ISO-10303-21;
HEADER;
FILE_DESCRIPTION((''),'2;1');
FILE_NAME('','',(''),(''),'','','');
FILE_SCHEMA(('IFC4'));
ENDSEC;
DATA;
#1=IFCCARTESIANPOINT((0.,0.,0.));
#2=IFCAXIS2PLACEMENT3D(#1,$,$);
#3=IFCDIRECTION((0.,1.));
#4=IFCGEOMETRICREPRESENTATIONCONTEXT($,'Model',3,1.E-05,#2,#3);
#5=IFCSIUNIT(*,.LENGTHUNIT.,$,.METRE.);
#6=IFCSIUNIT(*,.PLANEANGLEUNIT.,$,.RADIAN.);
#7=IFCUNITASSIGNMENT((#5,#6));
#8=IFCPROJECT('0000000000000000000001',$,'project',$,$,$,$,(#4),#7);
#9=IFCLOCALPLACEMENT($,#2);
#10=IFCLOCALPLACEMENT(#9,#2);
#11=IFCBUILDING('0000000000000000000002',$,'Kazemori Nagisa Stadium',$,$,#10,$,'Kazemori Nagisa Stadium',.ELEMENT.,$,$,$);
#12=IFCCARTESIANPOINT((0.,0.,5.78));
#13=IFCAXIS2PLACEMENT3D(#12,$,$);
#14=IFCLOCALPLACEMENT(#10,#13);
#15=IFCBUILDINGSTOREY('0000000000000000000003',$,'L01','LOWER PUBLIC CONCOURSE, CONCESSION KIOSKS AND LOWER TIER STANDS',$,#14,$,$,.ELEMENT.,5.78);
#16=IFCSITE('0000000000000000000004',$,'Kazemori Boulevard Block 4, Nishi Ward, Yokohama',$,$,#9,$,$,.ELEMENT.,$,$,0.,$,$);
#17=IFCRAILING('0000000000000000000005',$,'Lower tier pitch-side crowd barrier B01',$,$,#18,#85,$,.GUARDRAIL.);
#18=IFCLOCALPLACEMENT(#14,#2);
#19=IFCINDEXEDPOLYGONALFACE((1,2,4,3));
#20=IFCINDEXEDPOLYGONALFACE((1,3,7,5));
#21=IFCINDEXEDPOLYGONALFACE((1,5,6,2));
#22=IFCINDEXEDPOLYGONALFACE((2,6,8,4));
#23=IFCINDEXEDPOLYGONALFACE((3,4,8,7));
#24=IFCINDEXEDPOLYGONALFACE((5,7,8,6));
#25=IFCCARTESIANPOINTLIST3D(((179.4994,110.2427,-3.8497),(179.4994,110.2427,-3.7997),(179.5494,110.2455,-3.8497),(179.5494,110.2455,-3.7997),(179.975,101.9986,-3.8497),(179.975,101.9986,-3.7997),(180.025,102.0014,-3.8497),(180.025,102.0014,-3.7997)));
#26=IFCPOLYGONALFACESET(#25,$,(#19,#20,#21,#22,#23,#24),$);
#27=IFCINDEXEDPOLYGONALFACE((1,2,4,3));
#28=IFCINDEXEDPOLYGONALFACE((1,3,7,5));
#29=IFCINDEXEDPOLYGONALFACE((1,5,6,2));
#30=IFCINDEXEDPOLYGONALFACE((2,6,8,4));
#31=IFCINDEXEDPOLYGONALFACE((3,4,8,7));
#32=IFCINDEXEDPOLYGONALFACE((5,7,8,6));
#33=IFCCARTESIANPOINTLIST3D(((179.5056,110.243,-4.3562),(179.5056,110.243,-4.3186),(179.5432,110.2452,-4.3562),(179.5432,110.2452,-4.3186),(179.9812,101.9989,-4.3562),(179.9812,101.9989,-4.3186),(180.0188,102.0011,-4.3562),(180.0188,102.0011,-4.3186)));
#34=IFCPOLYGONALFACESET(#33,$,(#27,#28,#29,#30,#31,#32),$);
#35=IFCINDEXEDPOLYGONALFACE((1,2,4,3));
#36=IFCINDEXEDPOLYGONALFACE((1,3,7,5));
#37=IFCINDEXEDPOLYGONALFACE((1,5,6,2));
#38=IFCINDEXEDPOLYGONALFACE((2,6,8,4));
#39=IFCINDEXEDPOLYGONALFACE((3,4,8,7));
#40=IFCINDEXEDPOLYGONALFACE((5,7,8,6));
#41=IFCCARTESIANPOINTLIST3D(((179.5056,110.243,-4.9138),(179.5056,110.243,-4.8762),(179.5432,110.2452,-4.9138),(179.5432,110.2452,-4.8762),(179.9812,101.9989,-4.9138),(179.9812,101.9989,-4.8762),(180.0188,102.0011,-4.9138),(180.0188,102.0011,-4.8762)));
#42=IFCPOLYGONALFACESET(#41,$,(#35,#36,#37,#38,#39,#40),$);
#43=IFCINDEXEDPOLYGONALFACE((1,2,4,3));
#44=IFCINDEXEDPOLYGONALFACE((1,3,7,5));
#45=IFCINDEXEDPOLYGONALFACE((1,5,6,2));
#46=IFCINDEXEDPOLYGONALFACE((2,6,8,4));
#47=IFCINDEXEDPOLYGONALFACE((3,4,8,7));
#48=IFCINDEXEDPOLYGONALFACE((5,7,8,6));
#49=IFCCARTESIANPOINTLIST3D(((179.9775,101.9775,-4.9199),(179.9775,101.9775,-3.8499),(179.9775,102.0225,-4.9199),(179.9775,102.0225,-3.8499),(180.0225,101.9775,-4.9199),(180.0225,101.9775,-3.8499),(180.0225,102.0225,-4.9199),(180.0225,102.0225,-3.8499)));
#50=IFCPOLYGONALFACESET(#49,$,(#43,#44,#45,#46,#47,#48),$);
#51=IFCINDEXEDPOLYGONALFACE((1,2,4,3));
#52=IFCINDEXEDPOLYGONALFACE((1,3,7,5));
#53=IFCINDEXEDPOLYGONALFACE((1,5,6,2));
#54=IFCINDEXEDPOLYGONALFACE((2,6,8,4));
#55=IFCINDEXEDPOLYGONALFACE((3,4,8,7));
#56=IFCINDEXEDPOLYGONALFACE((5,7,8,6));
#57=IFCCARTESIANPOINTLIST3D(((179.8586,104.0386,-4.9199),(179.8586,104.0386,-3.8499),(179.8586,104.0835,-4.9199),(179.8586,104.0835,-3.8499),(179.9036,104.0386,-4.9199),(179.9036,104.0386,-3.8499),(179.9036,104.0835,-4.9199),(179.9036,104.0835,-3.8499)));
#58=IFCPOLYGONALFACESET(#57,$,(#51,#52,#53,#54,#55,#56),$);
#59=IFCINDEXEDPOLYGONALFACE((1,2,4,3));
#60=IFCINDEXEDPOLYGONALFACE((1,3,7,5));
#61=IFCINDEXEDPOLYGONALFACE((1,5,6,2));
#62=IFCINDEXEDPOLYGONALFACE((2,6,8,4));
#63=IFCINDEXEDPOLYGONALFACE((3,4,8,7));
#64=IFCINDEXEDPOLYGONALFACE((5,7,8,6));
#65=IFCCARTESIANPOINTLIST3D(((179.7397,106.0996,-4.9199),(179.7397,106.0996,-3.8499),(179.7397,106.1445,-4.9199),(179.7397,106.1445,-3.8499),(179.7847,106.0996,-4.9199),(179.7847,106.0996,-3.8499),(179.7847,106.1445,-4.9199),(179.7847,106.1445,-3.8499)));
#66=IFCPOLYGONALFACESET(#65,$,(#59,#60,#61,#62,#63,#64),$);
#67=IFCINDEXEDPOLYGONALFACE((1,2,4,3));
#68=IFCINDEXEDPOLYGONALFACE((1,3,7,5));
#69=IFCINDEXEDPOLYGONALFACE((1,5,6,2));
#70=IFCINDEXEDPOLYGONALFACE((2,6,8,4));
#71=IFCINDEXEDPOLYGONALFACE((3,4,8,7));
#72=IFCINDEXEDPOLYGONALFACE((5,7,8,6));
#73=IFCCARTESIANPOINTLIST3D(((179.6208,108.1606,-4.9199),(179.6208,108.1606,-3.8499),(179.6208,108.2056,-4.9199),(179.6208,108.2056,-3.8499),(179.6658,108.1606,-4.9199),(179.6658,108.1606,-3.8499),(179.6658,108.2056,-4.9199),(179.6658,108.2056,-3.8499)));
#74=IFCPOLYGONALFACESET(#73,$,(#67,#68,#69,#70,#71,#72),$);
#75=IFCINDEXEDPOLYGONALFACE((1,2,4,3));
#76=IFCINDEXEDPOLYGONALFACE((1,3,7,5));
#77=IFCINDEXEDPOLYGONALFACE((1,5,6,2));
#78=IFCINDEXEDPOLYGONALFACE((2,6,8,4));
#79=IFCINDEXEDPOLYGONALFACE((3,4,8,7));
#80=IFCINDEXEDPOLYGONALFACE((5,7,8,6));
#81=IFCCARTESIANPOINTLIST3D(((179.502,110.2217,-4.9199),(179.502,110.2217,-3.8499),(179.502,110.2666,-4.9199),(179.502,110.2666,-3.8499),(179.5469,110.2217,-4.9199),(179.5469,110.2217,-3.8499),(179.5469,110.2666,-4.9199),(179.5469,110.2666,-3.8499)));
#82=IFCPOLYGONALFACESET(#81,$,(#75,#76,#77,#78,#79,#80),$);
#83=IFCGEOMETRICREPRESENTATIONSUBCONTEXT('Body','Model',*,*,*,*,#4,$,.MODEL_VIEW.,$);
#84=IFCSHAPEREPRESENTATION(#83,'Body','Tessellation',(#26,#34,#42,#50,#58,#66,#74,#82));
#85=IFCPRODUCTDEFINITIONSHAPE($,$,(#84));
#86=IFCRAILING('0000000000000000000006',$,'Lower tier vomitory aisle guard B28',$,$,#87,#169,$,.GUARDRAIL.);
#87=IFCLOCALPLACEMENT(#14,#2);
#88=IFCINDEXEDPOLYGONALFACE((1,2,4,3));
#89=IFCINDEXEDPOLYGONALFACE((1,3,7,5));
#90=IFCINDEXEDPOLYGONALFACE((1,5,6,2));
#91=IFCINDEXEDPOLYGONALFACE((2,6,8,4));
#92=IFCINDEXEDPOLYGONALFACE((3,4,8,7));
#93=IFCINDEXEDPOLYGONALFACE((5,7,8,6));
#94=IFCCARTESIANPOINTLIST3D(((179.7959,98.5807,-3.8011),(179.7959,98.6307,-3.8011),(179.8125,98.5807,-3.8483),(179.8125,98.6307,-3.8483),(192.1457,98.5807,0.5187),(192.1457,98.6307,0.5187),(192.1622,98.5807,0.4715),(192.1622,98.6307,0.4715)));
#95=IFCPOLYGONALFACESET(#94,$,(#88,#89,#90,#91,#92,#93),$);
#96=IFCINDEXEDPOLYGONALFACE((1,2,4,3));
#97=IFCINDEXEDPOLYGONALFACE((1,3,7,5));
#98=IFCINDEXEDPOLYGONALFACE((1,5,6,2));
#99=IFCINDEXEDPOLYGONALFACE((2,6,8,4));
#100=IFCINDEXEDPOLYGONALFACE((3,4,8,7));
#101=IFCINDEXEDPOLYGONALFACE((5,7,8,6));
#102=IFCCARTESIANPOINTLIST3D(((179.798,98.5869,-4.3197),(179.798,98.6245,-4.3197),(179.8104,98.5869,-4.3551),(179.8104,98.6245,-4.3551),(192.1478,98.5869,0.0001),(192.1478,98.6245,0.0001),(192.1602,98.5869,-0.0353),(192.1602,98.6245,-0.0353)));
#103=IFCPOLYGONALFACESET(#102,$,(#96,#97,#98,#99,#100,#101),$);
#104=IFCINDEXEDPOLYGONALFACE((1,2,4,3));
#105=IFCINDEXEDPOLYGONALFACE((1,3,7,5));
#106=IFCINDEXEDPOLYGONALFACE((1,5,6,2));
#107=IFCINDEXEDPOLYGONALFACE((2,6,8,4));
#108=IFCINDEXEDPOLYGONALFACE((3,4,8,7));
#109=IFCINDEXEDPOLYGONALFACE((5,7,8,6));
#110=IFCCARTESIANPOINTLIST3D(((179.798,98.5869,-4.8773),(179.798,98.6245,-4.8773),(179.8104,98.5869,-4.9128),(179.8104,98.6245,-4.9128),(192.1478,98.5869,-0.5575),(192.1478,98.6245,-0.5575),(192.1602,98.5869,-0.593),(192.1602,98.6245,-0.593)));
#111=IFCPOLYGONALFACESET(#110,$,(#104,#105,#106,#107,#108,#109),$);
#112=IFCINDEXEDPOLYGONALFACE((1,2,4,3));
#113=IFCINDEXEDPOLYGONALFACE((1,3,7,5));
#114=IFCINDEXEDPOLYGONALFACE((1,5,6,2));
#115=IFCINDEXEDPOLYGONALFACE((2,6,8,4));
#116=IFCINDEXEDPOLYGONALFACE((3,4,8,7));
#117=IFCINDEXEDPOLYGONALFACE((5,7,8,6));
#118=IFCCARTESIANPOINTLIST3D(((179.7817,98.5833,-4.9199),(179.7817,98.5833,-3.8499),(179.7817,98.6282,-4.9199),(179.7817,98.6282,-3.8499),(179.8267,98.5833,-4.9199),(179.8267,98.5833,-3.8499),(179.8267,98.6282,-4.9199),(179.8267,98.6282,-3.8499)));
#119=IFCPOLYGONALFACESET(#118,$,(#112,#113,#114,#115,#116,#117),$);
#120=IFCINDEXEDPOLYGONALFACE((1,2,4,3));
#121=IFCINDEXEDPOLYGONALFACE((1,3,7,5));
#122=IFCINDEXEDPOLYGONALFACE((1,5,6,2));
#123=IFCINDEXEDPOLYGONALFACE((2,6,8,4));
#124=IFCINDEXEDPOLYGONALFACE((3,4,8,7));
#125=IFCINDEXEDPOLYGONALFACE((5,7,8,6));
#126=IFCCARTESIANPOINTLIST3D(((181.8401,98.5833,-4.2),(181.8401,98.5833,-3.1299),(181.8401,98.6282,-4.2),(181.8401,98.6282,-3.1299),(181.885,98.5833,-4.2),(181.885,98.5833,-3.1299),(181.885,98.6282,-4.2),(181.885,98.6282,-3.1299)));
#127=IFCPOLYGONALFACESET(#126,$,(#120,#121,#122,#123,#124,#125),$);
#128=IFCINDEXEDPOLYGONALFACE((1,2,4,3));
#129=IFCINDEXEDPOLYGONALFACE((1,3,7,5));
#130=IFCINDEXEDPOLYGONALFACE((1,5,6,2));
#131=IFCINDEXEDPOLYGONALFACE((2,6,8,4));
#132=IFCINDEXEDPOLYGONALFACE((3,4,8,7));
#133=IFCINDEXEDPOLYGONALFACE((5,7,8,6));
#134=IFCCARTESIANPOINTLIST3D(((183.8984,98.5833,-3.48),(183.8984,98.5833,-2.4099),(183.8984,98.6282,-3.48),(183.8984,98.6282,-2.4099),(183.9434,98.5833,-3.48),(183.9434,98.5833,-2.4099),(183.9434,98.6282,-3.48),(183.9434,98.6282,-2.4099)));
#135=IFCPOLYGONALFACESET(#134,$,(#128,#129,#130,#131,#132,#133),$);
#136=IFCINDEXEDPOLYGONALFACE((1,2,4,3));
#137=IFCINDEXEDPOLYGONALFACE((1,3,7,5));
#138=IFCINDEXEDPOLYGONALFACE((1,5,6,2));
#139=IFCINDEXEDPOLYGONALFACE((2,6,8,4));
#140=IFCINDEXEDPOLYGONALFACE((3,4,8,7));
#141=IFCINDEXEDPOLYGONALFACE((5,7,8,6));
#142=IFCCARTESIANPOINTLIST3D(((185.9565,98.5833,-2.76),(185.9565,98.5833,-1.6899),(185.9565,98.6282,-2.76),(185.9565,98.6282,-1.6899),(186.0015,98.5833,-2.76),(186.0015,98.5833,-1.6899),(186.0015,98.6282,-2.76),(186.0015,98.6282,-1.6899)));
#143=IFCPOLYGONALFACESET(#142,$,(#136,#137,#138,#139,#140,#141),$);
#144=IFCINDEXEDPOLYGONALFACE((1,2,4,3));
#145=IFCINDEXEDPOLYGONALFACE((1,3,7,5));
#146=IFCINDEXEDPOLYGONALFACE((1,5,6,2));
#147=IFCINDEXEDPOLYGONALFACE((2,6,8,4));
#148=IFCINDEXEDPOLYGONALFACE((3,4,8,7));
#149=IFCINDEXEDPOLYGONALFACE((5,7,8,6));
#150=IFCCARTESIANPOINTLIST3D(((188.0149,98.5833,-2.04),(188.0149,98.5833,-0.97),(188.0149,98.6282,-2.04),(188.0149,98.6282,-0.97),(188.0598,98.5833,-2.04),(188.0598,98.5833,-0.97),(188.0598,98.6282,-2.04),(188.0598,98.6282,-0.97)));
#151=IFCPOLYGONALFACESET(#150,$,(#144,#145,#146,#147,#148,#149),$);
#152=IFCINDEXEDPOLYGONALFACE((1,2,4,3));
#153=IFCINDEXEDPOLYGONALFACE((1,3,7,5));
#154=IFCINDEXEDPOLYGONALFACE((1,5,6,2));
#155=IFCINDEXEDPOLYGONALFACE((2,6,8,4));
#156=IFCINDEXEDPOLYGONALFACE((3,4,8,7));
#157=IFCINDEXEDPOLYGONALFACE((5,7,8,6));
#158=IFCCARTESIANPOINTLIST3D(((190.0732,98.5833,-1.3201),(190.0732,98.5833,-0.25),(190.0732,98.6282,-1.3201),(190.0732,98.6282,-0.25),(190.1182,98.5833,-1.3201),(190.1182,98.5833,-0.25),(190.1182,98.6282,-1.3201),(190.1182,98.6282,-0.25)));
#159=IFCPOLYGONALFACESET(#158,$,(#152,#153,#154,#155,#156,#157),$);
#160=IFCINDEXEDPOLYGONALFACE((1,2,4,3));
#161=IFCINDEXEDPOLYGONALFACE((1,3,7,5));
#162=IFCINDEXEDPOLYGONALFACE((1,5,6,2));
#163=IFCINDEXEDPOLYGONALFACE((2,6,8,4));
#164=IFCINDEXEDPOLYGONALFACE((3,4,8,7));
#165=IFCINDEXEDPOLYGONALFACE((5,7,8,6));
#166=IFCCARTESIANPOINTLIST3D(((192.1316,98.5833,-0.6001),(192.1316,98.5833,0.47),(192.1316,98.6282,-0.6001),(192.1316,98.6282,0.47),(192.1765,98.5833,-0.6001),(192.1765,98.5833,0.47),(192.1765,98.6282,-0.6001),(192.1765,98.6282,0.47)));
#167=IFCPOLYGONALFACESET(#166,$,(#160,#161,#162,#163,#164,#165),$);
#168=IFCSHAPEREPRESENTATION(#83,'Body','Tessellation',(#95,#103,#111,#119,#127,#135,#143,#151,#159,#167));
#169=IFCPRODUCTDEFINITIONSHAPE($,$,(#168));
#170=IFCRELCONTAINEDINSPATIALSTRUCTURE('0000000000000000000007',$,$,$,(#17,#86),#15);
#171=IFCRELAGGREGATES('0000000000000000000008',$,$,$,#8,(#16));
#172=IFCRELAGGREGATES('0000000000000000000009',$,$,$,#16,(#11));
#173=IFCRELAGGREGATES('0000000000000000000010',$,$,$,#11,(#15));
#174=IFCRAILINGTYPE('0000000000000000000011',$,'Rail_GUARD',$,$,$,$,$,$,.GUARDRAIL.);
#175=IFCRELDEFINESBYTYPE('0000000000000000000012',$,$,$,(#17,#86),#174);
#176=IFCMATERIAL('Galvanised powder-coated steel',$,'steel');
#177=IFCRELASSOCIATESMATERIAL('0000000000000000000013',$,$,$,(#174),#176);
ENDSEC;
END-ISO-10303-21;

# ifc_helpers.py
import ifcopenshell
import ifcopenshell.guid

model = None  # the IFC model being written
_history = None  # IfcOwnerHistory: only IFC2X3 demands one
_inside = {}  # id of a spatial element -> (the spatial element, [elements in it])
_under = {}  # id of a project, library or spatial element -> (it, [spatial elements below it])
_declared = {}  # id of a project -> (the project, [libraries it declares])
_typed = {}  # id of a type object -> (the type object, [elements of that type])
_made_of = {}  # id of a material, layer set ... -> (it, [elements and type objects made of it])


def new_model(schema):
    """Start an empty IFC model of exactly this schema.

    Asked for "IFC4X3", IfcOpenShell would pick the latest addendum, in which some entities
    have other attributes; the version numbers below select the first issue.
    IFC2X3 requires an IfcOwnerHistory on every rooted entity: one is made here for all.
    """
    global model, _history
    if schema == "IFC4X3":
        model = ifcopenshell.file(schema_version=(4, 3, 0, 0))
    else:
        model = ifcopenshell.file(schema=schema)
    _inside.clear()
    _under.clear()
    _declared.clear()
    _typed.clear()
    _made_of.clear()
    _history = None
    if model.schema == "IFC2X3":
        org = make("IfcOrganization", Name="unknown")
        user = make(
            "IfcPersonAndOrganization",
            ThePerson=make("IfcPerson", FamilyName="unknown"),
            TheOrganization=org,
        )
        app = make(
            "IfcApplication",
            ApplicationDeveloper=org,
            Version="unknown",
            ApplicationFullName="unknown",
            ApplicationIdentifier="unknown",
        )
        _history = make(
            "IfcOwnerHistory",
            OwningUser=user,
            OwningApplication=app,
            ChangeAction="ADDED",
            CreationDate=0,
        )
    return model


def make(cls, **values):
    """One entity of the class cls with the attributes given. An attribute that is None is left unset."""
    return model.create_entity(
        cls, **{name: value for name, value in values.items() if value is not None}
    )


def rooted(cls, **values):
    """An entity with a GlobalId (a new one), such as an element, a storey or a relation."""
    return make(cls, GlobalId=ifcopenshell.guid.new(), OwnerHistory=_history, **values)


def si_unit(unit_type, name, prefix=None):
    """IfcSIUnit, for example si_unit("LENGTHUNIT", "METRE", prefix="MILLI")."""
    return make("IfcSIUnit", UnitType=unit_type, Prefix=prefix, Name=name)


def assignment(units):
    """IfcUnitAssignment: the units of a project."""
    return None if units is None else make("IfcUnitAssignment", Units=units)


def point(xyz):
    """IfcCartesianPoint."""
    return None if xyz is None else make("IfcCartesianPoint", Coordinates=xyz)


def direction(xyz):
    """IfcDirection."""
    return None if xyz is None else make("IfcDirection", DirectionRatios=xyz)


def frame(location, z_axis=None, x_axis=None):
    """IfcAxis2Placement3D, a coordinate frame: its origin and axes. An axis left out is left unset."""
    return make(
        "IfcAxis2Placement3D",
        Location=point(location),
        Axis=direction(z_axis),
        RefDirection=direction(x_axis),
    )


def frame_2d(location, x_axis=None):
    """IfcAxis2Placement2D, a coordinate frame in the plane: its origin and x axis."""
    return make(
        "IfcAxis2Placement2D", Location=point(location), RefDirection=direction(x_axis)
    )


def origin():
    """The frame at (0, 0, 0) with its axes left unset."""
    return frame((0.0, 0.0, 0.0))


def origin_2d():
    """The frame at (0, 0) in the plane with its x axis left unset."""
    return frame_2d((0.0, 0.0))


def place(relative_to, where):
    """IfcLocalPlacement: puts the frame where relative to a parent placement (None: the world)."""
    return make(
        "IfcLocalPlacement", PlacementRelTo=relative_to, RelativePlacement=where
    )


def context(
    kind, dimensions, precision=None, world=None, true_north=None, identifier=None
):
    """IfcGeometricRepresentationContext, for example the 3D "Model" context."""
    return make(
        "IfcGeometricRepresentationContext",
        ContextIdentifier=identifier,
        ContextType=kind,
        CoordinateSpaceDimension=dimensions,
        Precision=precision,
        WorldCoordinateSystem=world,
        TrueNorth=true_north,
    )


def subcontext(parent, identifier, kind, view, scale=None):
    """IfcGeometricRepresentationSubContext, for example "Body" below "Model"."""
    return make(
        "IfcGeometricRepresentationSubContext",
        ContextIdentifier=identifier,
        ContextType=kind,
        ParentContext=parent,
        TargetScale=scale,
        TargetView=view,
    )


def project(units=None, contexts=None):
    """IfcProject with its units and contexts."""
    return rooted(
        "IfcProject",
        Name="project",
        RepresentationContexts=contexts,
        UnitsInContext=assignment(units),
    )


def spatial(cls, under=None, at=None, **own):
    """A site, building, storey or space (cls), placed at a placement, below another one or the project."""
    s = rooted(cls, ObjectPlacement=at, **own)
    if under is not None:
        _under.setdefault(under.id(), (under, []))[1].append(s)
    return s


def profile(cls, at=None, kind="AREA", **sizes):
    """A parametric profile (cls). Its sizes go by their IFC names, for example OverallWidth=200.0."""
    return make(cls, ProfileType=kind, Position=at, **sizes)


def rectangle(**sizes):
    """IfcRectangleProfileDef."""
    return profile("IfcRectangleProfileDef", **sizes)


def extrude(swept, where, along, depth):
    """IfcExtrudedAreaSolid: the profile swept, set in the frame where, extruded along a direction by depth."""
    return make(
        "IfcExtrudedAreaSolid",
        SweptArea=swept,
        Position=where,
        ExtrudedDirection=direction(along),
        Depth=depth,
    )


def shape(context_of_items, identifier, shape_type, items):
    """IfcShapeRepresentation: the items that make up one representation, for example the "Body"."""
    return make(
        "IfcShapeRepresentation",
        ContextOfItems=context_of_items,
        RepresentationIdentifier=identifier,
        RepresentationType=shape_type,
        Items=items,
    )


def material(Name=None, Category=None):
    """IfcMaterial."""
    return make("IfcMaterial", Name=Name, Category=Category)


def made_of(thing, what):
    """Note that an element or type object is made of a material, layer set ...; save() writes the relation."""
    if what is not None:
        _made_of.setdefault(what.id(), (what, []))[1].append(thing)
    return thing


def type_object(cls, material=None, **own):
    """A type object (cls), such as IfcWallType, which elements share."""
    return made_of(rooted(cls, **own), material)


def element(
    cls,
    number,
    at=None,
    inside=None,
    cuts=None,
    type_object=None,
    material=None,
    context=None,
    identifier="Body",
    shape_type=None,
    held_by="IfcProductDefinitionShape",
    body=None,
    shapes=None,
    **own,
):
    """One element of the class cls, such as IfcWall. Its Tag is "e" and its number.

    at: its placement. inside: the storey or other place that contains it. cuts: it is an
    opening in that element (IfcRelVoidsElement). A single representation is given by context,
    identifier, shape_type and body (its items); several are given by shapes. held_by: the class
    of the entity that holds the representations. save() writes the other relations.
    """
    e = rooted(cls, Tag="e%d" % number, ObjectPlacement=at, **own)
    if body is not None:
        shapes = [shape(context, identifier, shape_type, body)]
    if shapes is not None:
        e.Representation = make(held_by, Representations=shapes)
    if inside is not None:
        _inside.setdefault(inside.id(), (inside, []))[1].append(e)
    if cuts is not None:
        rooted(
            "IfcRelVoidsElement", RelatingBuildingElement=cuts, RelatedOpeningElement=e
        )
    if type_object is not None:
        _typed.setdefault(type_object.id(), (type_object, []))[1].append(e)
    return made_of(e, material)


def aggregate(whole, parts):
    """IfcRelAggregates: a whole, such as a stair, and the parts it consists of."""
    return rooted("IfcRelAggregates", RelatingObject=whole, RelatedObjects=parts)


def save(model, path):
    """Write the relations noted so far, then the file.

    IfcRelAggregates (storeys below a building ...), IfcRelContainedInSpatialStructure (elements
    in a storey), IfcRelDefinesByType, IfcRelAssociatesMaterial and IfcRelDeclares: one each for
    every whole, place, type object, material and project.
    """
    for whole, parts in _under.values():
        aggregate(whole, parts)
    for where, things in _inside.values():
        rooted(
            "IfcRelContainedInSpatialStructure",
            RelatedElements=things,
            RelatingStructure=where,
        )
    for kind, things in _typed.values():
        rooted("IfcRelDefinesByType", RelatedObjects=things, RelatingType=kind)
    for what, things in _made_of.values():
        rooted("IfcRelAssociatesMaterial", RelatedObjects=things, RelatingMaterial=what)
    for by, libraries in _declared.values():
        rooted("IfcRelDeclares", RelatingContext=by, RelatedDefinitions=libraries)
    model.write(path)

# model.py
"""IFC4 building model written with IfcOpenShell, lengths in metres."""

from ifc_helpers import new_model, si_unit, direction, frame, origin, origin_2d, place, context, subcontext, project, spatial, rectangle, extrude, material, type_object, element, save


model = new_model("IFC4")

# Units and contexts
model_context = context("Model", 3, precision=1e-05, world=origin(), true_north=direction((0.0, 1.0)))
body_context = subcontext(model_context, "Body", "Model", "MODEL_VIEW")
ifc_project = project(units=[si_unit("LENGTHUNIT", "METRE"), si_unit("PLANEANGLEUNIT", "RADIAN")], contexts=[model_context])

# Site, building, storey
site_placement = place(None, origin())
site = spatial("IfcSite", under=ifc_project, at=site_placement, Name="Kazemori Boulevard Block 4, Nishi Ward, Yokohama", CompositionType="ELEMENT", RefElevation=0.0)
building_placement = place(site_placement, origin())
building = spatial("IfcBuilding", under=site, at=building_placement, Name="Kazemori Nagisa Stadium", LongName="Kazemori Nagisa Stadium", CompositionType="ELEMENT")
storey_placement = place(building_placement, frame((0.0, 0.0, 5.78)))
storey = spatial("IfcBuildingStorey", under=building, at=storey_placement, Name="L01", Description="LOWER PUBLIC CONCOURSE, CONCESSION KIOSKS AND LOWER TIER STANDS", CompositionType="ELEMENT", Elevation=5.78)

# Railings
ifc_material_1 = material(Name="Galvanised powder-coated steel", Category="steel")
railing_type_1 = type_object("IfcRailingType", Name="Rail_GUARD", PredefinedType="GUARDRAIL", material=ifc_material_1)
railing_1_placement = place(storey_placement, frame((180.0, 102.0, -4.9199)))
element("IfcRailing", 1, at=railing_1_placement, inside=storey, type_object=railing_type_1, Name="Lower tier pitch-side crowd barrier B01", PredefinedType="GUARDRAIL", context=body_context, shape_type="SweptSolid", body=[
    extrude(rectangle(XDim=0.05, YDim=0.05, at=origin_2d()), frame((0.0, 0.0, 1.0952), z_axis=(-0.057592, 0.99834, 0.0), x_axis=(-0.99834, -0.057592, 0.0)), (0.0, 0.0, 1.0), 8.2578),
    extrude(rectangle(XDim=0.0376, YDim=0.0376, at=origin_2d()), frame((0.0, 0.0, 0.5825), z_axis=(-0.057592, 0.99834, 0.0), x_axis=(-0.99834, -0.057592, 0.0)), (0.0, 0.0, 1.0), 8.2578),
    extrude(rectangle(XDim=0.0376, YDim=0.0376, at=origin_2d()), frame((0.0, 0.0, 0.0249), z_axis=(-0.057592, 0.99834, 0.0), x_axis=(-0.99834, -0.057592, 0.0)), (0.0, 0.0, 1.0), 8.2578),
    extrude(rectangle(XDim=0.0449, YDim=0.0449, at=origin_2d()), origin(), (0.0, 0.0, 1.0), 1.0701),
    extrude(rectangle(XDim=0.0449, YDim=0.0449, at=origin_2d()), frame((-0.1189, 2.061, 0.0)), (0.0, 0.0, 1.0), 1.0701),
    extrude(rectangle(XDim=0.0449, YDim=0.0449, at=origin_2d()), frame((-0.2378, 4.1221, 0.0)), (0.0, 0.0, 1.0), 1.0701),
    extrude(rectangle(XDim=0.0449, YDim=0.0449, at=origin_2d()), frame((-0.3567, 6.1831, 0.0)), (0.0, 0.0, 1.0), 1.0701),
    extrude(rectangle(XDim=0.0449, YDim=0.0449, at=origin_2d()), frame((-0.4756, 8.2441, 0.0)), (0.0, 0.0, 1.0), 1.0701),
])
railing_2_placement = place(storey_placement, frame((179.8042, 98.6057, -4.9199)))
element("IfcRailing", 2, at=railing_2_placement, inside=storey, type_object=railing_type_1, Name="Lower tier vomitory aisle guard B28", PredefinedType="GUARDRAIL", context=body_context, shape_type="SweptSolid", body=[
    extrude(rectangle(XDim=0.05, YDim=0.05, at=origin_2d()), frame((0.0, 0.0, 1.0952), z_axis=(0.943921, 0.0, 0.330172), x_axis=(0.0, 1.0, 0.0)), (0.0, 0.0, 1.0), 13.0835),
    extrude(rectangle(XDim=0.0376, YDim=0.0376, at=origin_2d()), frame((0.0, 0.0, 0.5825), z_axis=(0.943921, 0.0, 0.330172), x_axis=(0.0, 1.0, 0.0)), (0.0, 0.0, 1.0), 13.0835),
    extrude(rectangle(XDim=0.0376, YDim=0.0376, at=origin_2d()), frame((0.0, 0.0, 0.0249), z_axis=(0.943921, 0.0, 0.330172), x_axis=(0.0, 1.0, 0.0)), (0.0, 0.0, 1.0), 13.0835),
    extrude(rectangle(XDim=0.0449, YDim=0.0449, at=origin_2d()), origin(), (0.0, 0.0, 1.0), 1.0701),
    extrude(rectangle(XDim=0.0449, YDim=0.0449, at=origin_2d()), frame((2.0583, 0.0, 0.72)), (0.0, 0.0, 1.0), 1.0701),
    extrude(rectangle(XDim=0.0449, YDim=0.0449, at=origin_2d()), frame((4.1167, 0.0, 1.4399)), (0.0, 0.0, 1.0), 1.0701),
    extrude(rectangle(XDim=0.0449, YDim=0.0449, at=origin_2d()), frame((6.1748, 0.0, 2.1599)), (0.0, 0.0, 1.0), 1.0701),
    extrude(rectangle(XDim=0.0449, YDim=0.0449, at=origin_2d()), frame((8.2332, 0.0, 2.8799)), (0.0, 0.0, 1.0), 1.0701),
    extrude(rectangle(XDim=0.0449, YDim=0.0449, at=origin_2d()), frame((10.2915, 0.0, 3.5999)), (0.0, 0.0, 1.0), 1.0701),
    extrude(rectangle(XDim=0.0449, YDim=0.0449, at=origin_2d()), frame((12.3499, 0.0, 4.3198)), (0.0, 0.0, 1.0), 1.0701),
])

save(model, "model.ifc")
